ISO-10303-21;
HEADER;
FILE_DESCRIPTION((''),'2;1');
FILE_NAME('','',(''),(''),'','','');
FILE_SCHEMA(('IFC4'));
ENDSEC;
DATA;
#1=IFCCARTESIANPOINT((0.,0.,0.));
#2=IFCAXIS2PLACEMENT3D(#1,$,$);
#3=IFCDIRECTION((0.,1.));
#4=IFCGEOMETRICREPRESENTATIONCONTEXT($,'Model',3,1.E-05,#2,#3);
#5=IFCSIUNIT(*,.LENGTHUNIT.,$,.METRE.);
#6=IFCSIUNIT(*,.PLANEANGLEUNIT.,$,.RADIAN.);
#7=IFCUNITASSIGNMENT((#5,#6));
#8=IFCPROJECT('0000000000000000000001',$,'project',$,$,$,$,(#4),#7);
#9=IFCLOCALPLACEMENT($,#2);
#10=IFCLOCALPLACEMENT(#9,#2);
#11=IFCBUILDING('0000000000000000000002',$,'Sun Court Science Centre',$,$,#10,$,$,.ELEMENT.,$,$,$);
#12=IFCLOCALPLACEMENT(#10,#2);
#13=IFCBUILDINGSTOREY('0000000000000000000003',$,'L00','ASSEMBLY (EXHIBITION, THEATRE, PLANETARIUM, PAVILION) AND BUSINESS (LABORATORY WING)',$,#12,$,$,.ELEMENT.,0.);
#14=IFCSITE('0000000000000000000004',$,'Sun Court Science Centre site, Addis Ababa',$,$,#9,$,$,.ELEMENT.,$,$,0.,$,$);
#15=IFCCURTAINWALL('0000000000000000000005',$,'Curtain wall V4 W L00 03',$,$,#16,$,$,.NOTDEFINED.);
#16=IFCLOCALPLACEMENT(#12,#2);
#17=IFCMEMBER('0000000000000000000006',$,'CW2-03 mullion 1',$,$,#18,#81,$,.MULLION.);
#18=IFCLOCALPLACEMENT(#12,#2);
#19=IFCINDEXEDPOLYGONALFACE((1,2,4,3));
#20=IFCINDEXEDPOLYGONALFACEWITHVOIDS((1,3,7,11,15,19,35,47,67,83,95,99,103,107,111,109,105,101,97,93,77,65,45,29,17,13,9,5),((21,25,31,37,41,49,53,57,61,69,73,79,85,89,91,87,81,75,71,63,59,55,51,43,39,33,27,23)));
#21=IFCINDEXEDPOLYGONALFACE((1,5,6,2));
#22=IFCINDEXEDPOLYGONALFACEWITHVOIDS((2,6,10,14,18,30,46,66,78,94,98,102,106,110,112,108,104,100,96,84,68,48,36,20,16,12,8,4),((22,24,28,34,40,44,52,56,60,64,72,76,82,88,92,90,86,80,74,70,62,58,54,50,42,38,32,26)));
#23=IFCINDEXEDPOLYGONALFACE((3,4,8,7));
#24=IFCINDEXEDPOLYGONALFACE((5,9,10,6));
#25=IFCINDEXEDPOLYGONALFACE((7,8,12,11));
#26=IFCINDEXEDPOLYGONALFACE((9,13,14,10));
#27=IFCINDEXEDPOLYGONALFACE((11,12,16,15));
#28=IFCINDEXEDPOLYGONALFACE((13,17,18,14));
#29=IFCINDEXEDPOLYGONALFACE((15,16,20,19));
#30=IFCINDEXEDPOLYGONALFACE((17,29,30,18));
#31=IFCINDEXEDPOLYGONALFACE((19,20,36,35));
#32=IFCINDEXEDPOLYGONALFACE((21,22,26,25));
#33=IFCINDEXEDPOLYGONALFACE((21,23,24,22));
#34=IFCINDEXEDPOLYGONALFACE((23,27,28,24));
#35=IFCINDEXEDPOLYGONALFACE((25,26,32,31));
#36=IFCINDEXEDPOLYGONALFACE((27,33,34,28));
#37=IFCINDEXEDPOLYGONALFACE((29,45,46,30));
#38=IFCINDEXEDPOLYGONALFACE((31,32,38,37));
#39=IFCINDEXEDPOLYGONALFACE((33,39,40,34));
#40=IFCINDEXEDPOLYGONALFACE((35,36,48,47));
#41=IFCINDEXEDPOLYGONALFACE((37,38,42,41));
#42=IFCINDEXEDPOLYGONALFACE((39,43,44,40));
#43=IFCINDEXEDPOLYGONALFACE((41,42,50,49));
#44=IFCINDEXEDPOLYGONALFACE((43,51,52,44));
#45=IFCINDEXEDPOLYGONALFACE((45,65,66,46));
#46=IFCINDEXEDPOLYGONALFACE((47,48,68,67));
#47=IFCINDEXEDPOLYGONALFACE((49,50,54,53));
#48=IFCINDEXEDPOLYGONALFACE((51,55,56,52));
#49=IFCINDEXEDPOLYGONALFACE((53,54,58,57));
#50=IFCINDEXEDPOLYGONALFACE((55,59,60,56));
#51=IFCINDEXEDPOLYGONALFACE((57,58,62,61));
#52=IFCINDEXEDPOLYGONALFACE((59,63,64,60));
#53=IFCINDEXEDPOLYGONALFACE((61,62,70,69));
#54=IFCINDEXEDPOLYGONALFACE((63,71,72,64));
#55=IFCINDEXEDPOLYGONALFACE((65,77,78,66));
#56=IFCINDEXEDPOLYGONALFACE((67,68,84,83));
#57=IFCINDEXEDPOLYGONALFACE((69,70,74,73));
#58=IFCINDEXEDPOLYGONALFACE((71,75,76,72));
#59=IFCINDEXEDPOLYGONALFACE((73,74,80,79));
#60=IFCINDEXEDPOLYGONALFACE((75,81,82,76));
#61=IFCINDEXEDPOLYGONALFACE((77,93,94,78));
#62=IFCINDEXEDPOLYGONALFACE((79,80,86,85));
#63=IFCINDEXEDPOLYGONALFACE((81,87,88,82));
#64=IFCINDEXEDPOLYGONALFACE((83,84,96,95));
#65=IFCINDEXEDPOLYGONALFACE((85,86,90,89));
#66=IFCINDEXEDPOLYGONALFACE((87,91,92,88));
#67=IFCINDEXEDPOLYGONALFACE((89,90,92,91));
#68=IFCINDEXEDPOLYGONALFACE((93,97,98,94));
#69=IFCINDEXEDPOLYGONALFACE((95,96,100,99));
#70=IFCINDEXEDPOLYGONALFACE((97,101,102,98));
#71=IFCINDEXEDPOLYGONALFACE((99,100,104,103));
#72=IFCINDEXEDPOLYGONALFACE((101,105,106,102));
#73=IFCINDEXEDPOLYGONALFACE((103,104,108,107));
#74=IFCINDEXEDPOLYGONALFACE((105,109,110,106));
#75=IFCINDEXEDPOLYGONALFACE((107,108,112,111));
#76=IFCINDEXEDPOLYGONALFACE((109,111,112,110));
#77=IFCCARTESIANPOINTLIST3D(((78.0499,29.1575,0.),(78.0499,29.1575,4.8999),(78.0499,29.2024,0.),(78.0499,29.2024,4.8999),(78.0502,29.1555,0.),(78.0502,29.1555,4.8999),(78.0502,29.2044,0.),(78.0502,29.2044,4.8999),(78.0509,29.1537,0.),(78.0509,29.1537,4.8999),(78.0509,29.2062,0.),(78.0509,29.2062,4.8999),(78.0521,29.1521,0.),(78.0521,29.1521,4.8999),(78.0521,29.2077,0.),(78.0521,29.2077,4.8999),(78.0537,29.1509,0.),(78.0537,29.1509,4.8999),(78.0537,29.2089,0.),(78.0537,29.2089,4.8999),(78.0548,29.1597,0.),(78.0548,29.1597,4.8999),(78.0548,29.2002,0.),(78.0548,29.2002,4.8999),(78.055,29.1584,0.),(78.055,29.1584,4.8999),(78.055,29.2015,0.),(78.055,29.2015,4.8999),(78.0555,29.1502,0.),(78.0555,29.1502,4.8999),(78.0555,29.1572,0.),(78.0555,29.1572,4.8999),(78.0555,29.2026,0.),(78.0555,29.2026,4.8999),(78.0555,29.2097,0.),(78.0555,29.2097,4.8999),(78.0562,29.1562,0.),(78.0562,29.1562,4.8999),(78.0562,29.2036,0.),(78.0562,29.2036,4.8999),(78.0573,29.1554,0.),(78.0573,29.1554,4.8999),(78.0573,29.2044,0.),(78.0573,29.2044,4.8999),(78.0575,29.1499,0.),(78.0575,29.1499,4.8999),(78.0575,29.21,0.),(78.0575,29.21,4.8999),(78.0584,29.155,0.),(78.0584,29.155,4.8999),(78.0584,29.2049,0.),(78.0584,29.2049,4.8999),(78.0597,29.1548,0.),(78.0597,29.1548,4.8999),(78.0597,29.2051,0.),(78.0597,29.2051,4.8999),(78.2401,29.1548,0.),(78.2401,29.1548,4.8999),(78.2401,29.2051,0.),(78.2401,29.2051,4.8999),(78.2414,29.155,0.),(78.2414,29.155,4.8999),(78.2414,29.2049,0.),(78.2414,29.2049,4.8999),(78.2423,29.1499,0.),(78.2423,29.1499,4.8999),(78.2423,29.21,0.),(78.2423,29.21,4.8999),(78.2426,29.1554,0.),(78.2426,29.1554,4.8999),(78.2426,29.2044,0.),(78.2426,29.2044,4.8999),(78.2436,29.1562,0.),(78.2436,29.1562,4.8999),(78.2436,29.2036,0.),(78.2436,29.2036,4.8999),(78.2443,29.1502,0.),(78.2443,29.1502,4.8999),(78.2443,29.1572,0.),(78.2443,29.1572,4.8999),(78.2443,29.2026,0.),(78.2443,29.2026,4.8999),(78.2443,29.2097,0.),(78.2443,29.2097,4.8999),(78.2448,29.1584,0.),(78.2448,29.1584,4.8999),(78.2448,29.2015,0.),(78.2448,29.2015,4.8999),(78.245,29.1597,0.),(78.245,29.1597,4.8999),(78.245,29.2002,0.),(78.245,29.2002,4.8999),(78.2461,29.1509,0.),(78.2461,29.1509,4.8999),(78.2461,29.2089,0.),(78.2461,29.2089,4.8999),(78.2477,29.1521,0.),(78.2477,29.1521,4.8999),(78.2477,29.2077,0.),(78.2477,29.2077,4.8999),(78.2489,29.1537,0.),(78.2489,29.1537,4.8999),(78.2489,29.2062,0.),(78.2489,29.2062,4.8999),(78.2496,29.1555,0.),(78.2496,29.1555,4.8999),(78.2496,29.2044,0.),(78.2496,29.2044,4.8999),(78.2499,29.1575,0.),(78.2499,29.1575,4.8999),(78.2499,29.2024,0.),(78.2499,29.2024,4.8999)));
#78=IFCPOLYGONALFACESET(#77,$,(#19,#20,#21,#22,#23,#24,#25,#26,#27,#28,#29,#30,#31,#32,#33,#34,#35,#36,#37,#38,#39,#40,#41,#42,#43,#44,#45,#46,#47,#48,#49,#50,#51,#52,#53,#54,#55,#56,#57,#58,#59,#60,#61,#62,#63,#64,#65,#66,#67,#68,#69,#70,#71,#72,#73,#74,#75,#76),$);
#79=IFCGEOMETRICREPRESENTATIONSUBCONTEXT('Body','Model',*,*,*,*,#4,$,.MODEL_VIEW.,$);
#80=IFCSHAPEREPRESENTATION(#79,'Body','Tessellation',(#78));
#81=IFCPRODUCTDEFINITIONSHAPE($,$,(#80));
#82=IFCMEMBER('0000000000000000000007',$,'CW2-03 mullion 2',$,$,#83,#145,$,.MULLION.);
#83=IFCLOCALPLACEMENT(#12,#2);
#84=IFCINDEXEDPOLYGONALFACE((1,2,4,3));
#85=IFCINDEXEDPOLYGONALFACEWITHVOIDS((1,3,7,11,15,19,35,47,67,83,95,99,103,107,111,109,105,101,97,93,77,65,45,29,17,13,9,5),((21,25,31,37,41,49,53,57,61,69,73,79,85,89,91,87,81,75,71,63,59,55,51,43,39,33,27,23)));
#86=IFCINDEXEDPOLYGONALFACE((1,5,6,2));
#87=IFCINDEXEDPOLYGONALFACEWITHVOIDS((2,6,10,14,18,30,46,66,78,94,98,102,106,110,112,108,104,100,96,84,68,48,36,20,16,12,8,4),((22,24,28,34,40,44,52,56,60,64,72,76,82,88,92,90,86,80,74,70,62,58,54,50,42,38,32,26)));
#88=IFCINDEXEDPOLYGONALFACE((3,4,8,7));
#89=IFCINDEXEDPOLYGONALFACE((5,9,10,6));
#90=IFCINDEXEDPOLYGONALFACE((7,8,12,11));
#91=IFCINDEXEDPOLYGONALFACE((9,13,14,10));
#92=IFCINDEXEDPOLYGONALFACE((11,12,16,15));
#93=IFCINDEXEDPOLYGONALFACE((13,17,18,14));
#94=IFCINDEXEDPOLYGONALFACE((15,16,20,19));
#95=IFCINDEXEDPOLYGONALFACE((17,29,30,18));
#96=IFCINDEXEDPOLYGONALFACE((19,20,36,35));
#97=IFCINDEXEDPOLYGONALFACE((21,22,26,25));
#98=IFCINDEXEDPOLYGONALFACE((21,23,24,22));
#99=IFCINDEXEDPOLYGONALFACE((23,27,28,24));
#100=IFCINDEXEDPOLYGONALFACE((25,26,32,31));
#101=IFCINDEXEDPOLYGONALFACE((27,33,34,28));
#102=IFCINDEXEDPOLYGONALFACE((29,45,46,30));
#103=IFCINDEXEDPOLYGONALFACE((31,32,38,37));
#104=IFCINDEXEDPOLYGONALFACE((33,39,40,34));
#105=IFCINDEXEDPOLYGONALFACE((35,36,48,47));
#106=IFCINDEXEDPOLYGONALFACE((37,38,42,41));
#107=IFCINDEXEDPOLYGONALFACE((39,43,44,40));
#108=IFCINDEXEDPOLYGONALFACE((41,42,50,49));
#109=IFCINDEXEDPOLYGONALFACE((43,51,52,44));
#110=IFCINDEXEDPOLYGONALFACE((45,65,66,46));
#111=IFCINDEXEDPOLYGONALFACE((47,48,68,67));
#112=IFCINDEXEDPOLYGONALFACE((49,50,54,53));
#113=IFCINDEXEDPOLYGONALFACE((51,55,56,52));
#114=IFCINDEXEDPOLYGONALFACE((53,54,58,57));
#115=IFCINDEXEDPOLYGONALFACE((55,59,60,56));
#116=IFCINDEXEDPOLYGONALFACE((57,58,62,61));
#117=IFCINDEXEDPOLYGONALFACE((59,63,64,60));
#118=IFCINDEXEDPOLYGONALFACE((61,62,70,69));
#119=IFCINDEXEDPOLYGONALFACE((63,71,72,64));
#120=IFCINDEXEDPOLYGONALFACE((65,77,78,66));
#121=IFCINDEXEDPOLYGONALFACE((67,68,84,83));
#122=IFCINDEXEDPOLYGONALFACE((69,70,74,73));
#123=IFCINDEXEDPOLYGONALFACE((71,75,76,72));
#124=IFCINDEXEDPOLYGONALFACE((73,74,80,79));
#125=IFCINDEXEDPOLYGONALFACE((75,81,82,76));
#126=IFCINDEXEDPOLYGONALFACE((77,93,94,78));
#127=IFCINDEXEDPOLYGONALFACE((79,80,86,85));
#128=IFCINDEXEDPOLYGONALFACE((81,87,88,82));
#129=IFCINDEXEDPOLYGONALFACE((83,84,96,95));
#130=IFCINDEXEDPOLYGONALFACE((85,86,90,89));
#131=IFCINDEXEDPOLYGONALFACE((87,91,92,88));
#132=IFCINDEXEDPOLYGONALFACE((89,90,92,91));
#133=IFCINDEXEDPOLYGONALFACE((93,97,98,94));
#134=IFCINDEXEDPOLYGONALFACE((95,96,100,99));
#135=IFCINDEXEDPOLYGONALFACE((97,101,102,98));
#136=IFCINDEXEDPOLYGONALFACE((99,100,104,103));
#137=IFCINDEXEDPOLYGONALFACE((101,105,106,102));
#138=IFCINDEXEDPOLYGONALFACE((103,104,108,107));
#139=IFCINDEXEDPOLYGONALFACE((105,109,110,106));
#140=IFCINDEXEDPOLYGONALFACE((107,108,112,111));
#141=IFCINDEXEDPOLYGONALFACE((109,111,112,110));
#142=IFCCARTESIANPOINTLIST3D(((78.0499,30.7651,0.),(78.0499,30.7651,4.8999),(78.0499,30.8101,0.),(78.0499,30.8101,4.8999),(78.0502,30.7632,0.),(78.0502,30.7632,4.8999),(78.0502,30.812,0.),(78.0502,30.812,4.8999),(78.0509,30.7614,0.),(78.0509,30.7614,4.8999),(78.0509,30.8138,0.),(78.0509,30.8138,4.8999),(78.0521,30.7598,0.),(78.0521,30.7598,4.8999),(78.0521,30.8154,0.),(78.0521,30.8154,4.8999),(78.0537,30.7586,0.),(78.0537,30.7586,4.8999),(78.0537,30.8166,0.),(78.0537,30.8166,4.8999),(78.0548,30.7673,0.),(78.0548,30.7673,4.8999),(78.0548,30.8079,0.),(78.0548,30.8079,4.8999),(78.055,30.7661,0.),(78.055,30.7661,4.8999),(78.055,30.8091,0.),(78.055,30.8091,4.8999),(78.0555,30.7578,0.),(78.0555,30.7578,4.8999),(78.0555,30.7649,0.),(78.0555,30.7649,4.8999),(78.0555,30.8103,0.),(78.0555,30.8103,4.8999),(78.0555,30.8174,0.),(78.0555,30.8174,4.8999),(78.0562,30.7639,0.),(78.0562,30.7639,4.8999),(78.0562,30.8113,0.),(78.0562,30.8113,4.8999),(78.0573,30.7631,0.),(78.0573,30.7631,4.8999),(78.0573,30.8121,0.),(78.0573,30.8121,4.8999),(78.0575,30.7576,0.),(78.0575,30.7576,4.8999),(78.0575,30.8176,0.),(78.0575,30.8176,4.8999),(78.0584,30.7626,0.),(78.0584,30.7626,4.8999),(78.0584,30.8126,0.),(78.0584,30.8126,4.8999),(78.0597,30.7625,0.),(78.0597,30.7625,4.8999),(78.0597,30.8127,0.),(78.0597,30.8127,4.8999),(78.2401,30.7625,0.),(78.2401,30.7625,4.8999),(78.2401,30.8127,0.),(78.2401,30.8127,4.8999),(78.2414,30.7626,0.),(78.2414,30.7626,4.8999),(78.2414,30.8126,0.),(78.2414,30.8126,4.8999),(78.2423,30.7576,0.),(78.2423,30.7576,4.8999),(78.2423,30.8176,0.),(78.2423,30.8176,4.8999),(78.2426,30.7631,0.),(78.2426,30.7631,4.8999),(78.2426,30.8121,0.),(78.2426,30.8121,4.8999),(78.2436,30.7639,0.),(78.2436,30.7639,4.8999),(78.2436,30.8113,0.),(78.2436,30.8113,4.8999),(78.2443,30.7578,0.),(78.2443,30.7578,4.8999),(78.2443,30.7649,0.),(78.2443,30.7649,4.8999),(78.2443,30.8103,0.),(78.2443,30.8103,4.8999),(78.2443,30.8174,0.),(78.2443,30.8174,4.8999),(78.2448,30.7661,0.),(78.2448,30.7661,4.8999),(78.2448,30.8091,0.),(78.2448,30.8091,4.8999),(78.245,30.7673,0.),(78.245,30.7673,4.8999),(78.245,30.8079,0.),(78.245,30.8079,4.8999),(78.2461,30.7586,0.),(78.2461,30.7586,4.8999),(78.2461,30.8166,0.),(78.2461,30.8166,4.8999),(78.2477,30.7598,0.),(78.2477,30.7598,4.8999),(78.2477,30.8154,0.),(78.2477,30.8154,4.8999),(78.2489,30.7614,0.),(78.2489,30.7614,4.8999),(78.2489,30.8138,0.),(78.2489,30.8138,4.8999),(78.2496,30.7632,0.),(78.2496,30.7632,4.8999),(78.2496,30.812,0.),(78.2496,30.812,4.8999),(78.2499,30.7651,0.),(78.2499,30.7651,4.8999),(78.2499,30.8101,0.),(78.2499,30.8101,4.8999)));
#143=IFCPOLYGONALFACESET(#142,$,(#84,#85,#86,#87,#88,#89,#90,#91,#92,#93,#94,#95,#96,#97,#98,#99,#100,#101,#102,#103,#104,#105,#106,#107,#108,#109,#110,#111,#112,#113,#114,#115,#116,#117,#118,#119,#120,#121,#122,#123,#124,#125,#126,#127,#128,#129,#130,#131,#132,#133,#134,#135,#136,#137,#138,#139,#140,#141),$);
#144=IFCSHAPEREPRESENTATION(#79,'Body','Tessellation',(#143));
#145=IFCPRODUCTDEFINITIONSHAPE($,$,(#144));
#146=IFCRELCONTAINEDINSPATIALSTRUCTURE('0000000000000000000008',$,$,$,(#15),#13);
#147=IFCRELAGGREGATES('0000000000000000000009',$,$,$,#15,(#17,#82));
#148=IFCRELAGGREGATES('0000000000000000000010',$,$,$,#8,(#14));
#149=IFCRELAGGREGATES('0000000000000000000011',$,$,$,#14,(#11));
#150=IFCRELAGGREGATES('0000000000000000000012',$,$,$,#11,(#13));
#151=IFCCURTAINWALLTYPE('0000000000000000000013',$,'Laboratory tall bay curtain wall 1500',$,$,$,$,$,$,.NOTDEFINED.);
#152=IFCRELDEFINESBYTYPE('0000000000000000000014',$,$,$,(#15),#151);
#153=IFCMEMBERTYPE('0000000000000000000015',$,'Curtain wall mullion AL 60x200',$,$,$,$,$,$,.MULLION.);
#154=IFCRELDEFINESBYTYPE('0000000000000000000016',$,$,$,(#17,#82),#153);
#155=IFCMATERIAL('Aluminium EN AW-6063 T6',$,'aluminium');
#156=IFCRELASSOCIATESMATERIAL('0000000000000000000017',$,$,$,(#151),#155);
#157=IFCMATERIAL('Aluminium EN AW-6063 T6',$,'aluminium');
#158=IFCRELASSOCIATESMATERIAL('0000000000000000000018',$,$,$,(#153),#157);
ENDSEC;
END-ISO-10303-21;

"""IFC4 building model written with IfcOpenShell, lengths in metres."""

from ifc_helpers import new_model, si_unit, direction, frame, origin, origin_2d, place, context, subcontext, project, spatial, hollow_rectangle, extrude, material, material_profile, profile_set, type_object, element, aggregate, save


model = new_model("IFC4")

# Units and contexts
model_context = context("Model", 3, precision=1e-05, world=origin(), true_north=direction((0.0, 1.0)))
body_context = subcontext(model_context, "Body", "Model", "MODEL_VIEW")
ifc_project = project(units=[si_unit("LENGTHUNIT", "METRE"), si_unit("PLANEANGLEUNIT", "RADIAN")], contexts=[model_context])

# Site, building, storey
site_placement = place(None, origin())
site = spatial("IfcSite", under=ifc_project, at=site_placement, Name="Sun Court Science Centre site, Addis Ababa", CompositionType="ELEMENT", RefElevation=0.0)
building_placement = place(site_placement, origin())
building = spatial("IfcBuilding", under=site, at=building_placement, Name="Sun Court Science Centre", CompositionType="ELEMENT")
storey_placement = place(building_placement, origin())
storey = spatial("IfcBuildingStorey", under=building, at=storey_placement, Name="L00", Description="ASSEMBLY (EXHIBITION, THEATRE, PLANETARIUM, PAVILION) AND BUSINESS (LABORATORY WING)", CompositionType="ELEMENT", Elevation=0.0)

# Shared definitions
ifc_material_1 = material(Name="Aluminium EN AW-6063 T6", Category="aluminium")
curtain_wall_type = type_object("IfcCurtainWallType", Name="Laboratory tall bay curtain wall 1500", PredefinedType="NOTDEFINED", material=ifc_material_1)
ifc_material_2 = material(Name="Aluminium EN AW-6063 T6", Category="aluminium")
ifc_material_profile_1 = material_profile(ifc_material_2, hollow_rectangle(XDim=0.0601, YDim=0.2, WallThickness=0.0049, InnerFilletRadius=0.0049, OuterFilletRadius=0.0076, at=origin_2d()), Name="AL 60x200x5")
ifc_profile_set_1 = profile_set([ifc_material_profile_1], Name="Aluminium EN AW-6063 T6")
member_type_1 = type_object("IfcMemberType", Name="Curtain wall mullion AL 60x200", PredefinedType="MULLION", material=ifc_profile_set_1)

# Curtain wall, members
curtain_wall_1_placement = place(storey_placement, origin())
curtain_wall_1 = element("IfcCurtainWall", 1, at=curtain_wall_1_placement, inside=storey, type_object=curtain_wall_type, Name="Curtain wall V4 W L00 03", PredefinedType="NOTDEFINED")
member_1_placement = place(storey_placement, frame((78.1499, 29.1799, 0.0), z_axis=(0.0, 0.0, 1.0), x_axis=(0.0, 1.0, 0.0)))
member_1 = element("IfcMember", 2, at=member_1_placement, type_object=member_type_1, Name="CW2-03 mullion 1", PredefinedType="MULLION", context=body_context, shape_type="SweptSolid", body=[
    extrude(hollow_rectangle(XDim=0.0601, YDim=0.2, WallThickness=0.0049, InnerFilletRadius=0.0049, OuterFilletRadius=0.0076, at=origin_2d()), origin(), (0.0, 0.0, 1.0), 4.8999),
])
member_2_placement = place(storey_placement, frame((78.1499, 30.7876, 0.0), z_axis=(0.0, 0.0, 1.0), x_axis=(0.0, 1.0, 0.0)))
member_2 = element("IfcMember", 3, at=member_2_placement, type_object=member_type_1, Name="CW2-03 mullion 2", PredefinedType="MULLION", context=body_context, shape_type="SweptSolid", body=[
    extrude(hollow_rectangle(XDim=0.0601, YDim=0.2, WallThickness=0.0049, InnerFilletRadius=0.0049, OuterFilletRadius=0.0076, at=origin_2d()), origin(), (0.0, 0.0, 1.0), 4.8999),
])

aggregate(curtain_wall_1, [member_1, member_2])

save(model, "model.ifc")
